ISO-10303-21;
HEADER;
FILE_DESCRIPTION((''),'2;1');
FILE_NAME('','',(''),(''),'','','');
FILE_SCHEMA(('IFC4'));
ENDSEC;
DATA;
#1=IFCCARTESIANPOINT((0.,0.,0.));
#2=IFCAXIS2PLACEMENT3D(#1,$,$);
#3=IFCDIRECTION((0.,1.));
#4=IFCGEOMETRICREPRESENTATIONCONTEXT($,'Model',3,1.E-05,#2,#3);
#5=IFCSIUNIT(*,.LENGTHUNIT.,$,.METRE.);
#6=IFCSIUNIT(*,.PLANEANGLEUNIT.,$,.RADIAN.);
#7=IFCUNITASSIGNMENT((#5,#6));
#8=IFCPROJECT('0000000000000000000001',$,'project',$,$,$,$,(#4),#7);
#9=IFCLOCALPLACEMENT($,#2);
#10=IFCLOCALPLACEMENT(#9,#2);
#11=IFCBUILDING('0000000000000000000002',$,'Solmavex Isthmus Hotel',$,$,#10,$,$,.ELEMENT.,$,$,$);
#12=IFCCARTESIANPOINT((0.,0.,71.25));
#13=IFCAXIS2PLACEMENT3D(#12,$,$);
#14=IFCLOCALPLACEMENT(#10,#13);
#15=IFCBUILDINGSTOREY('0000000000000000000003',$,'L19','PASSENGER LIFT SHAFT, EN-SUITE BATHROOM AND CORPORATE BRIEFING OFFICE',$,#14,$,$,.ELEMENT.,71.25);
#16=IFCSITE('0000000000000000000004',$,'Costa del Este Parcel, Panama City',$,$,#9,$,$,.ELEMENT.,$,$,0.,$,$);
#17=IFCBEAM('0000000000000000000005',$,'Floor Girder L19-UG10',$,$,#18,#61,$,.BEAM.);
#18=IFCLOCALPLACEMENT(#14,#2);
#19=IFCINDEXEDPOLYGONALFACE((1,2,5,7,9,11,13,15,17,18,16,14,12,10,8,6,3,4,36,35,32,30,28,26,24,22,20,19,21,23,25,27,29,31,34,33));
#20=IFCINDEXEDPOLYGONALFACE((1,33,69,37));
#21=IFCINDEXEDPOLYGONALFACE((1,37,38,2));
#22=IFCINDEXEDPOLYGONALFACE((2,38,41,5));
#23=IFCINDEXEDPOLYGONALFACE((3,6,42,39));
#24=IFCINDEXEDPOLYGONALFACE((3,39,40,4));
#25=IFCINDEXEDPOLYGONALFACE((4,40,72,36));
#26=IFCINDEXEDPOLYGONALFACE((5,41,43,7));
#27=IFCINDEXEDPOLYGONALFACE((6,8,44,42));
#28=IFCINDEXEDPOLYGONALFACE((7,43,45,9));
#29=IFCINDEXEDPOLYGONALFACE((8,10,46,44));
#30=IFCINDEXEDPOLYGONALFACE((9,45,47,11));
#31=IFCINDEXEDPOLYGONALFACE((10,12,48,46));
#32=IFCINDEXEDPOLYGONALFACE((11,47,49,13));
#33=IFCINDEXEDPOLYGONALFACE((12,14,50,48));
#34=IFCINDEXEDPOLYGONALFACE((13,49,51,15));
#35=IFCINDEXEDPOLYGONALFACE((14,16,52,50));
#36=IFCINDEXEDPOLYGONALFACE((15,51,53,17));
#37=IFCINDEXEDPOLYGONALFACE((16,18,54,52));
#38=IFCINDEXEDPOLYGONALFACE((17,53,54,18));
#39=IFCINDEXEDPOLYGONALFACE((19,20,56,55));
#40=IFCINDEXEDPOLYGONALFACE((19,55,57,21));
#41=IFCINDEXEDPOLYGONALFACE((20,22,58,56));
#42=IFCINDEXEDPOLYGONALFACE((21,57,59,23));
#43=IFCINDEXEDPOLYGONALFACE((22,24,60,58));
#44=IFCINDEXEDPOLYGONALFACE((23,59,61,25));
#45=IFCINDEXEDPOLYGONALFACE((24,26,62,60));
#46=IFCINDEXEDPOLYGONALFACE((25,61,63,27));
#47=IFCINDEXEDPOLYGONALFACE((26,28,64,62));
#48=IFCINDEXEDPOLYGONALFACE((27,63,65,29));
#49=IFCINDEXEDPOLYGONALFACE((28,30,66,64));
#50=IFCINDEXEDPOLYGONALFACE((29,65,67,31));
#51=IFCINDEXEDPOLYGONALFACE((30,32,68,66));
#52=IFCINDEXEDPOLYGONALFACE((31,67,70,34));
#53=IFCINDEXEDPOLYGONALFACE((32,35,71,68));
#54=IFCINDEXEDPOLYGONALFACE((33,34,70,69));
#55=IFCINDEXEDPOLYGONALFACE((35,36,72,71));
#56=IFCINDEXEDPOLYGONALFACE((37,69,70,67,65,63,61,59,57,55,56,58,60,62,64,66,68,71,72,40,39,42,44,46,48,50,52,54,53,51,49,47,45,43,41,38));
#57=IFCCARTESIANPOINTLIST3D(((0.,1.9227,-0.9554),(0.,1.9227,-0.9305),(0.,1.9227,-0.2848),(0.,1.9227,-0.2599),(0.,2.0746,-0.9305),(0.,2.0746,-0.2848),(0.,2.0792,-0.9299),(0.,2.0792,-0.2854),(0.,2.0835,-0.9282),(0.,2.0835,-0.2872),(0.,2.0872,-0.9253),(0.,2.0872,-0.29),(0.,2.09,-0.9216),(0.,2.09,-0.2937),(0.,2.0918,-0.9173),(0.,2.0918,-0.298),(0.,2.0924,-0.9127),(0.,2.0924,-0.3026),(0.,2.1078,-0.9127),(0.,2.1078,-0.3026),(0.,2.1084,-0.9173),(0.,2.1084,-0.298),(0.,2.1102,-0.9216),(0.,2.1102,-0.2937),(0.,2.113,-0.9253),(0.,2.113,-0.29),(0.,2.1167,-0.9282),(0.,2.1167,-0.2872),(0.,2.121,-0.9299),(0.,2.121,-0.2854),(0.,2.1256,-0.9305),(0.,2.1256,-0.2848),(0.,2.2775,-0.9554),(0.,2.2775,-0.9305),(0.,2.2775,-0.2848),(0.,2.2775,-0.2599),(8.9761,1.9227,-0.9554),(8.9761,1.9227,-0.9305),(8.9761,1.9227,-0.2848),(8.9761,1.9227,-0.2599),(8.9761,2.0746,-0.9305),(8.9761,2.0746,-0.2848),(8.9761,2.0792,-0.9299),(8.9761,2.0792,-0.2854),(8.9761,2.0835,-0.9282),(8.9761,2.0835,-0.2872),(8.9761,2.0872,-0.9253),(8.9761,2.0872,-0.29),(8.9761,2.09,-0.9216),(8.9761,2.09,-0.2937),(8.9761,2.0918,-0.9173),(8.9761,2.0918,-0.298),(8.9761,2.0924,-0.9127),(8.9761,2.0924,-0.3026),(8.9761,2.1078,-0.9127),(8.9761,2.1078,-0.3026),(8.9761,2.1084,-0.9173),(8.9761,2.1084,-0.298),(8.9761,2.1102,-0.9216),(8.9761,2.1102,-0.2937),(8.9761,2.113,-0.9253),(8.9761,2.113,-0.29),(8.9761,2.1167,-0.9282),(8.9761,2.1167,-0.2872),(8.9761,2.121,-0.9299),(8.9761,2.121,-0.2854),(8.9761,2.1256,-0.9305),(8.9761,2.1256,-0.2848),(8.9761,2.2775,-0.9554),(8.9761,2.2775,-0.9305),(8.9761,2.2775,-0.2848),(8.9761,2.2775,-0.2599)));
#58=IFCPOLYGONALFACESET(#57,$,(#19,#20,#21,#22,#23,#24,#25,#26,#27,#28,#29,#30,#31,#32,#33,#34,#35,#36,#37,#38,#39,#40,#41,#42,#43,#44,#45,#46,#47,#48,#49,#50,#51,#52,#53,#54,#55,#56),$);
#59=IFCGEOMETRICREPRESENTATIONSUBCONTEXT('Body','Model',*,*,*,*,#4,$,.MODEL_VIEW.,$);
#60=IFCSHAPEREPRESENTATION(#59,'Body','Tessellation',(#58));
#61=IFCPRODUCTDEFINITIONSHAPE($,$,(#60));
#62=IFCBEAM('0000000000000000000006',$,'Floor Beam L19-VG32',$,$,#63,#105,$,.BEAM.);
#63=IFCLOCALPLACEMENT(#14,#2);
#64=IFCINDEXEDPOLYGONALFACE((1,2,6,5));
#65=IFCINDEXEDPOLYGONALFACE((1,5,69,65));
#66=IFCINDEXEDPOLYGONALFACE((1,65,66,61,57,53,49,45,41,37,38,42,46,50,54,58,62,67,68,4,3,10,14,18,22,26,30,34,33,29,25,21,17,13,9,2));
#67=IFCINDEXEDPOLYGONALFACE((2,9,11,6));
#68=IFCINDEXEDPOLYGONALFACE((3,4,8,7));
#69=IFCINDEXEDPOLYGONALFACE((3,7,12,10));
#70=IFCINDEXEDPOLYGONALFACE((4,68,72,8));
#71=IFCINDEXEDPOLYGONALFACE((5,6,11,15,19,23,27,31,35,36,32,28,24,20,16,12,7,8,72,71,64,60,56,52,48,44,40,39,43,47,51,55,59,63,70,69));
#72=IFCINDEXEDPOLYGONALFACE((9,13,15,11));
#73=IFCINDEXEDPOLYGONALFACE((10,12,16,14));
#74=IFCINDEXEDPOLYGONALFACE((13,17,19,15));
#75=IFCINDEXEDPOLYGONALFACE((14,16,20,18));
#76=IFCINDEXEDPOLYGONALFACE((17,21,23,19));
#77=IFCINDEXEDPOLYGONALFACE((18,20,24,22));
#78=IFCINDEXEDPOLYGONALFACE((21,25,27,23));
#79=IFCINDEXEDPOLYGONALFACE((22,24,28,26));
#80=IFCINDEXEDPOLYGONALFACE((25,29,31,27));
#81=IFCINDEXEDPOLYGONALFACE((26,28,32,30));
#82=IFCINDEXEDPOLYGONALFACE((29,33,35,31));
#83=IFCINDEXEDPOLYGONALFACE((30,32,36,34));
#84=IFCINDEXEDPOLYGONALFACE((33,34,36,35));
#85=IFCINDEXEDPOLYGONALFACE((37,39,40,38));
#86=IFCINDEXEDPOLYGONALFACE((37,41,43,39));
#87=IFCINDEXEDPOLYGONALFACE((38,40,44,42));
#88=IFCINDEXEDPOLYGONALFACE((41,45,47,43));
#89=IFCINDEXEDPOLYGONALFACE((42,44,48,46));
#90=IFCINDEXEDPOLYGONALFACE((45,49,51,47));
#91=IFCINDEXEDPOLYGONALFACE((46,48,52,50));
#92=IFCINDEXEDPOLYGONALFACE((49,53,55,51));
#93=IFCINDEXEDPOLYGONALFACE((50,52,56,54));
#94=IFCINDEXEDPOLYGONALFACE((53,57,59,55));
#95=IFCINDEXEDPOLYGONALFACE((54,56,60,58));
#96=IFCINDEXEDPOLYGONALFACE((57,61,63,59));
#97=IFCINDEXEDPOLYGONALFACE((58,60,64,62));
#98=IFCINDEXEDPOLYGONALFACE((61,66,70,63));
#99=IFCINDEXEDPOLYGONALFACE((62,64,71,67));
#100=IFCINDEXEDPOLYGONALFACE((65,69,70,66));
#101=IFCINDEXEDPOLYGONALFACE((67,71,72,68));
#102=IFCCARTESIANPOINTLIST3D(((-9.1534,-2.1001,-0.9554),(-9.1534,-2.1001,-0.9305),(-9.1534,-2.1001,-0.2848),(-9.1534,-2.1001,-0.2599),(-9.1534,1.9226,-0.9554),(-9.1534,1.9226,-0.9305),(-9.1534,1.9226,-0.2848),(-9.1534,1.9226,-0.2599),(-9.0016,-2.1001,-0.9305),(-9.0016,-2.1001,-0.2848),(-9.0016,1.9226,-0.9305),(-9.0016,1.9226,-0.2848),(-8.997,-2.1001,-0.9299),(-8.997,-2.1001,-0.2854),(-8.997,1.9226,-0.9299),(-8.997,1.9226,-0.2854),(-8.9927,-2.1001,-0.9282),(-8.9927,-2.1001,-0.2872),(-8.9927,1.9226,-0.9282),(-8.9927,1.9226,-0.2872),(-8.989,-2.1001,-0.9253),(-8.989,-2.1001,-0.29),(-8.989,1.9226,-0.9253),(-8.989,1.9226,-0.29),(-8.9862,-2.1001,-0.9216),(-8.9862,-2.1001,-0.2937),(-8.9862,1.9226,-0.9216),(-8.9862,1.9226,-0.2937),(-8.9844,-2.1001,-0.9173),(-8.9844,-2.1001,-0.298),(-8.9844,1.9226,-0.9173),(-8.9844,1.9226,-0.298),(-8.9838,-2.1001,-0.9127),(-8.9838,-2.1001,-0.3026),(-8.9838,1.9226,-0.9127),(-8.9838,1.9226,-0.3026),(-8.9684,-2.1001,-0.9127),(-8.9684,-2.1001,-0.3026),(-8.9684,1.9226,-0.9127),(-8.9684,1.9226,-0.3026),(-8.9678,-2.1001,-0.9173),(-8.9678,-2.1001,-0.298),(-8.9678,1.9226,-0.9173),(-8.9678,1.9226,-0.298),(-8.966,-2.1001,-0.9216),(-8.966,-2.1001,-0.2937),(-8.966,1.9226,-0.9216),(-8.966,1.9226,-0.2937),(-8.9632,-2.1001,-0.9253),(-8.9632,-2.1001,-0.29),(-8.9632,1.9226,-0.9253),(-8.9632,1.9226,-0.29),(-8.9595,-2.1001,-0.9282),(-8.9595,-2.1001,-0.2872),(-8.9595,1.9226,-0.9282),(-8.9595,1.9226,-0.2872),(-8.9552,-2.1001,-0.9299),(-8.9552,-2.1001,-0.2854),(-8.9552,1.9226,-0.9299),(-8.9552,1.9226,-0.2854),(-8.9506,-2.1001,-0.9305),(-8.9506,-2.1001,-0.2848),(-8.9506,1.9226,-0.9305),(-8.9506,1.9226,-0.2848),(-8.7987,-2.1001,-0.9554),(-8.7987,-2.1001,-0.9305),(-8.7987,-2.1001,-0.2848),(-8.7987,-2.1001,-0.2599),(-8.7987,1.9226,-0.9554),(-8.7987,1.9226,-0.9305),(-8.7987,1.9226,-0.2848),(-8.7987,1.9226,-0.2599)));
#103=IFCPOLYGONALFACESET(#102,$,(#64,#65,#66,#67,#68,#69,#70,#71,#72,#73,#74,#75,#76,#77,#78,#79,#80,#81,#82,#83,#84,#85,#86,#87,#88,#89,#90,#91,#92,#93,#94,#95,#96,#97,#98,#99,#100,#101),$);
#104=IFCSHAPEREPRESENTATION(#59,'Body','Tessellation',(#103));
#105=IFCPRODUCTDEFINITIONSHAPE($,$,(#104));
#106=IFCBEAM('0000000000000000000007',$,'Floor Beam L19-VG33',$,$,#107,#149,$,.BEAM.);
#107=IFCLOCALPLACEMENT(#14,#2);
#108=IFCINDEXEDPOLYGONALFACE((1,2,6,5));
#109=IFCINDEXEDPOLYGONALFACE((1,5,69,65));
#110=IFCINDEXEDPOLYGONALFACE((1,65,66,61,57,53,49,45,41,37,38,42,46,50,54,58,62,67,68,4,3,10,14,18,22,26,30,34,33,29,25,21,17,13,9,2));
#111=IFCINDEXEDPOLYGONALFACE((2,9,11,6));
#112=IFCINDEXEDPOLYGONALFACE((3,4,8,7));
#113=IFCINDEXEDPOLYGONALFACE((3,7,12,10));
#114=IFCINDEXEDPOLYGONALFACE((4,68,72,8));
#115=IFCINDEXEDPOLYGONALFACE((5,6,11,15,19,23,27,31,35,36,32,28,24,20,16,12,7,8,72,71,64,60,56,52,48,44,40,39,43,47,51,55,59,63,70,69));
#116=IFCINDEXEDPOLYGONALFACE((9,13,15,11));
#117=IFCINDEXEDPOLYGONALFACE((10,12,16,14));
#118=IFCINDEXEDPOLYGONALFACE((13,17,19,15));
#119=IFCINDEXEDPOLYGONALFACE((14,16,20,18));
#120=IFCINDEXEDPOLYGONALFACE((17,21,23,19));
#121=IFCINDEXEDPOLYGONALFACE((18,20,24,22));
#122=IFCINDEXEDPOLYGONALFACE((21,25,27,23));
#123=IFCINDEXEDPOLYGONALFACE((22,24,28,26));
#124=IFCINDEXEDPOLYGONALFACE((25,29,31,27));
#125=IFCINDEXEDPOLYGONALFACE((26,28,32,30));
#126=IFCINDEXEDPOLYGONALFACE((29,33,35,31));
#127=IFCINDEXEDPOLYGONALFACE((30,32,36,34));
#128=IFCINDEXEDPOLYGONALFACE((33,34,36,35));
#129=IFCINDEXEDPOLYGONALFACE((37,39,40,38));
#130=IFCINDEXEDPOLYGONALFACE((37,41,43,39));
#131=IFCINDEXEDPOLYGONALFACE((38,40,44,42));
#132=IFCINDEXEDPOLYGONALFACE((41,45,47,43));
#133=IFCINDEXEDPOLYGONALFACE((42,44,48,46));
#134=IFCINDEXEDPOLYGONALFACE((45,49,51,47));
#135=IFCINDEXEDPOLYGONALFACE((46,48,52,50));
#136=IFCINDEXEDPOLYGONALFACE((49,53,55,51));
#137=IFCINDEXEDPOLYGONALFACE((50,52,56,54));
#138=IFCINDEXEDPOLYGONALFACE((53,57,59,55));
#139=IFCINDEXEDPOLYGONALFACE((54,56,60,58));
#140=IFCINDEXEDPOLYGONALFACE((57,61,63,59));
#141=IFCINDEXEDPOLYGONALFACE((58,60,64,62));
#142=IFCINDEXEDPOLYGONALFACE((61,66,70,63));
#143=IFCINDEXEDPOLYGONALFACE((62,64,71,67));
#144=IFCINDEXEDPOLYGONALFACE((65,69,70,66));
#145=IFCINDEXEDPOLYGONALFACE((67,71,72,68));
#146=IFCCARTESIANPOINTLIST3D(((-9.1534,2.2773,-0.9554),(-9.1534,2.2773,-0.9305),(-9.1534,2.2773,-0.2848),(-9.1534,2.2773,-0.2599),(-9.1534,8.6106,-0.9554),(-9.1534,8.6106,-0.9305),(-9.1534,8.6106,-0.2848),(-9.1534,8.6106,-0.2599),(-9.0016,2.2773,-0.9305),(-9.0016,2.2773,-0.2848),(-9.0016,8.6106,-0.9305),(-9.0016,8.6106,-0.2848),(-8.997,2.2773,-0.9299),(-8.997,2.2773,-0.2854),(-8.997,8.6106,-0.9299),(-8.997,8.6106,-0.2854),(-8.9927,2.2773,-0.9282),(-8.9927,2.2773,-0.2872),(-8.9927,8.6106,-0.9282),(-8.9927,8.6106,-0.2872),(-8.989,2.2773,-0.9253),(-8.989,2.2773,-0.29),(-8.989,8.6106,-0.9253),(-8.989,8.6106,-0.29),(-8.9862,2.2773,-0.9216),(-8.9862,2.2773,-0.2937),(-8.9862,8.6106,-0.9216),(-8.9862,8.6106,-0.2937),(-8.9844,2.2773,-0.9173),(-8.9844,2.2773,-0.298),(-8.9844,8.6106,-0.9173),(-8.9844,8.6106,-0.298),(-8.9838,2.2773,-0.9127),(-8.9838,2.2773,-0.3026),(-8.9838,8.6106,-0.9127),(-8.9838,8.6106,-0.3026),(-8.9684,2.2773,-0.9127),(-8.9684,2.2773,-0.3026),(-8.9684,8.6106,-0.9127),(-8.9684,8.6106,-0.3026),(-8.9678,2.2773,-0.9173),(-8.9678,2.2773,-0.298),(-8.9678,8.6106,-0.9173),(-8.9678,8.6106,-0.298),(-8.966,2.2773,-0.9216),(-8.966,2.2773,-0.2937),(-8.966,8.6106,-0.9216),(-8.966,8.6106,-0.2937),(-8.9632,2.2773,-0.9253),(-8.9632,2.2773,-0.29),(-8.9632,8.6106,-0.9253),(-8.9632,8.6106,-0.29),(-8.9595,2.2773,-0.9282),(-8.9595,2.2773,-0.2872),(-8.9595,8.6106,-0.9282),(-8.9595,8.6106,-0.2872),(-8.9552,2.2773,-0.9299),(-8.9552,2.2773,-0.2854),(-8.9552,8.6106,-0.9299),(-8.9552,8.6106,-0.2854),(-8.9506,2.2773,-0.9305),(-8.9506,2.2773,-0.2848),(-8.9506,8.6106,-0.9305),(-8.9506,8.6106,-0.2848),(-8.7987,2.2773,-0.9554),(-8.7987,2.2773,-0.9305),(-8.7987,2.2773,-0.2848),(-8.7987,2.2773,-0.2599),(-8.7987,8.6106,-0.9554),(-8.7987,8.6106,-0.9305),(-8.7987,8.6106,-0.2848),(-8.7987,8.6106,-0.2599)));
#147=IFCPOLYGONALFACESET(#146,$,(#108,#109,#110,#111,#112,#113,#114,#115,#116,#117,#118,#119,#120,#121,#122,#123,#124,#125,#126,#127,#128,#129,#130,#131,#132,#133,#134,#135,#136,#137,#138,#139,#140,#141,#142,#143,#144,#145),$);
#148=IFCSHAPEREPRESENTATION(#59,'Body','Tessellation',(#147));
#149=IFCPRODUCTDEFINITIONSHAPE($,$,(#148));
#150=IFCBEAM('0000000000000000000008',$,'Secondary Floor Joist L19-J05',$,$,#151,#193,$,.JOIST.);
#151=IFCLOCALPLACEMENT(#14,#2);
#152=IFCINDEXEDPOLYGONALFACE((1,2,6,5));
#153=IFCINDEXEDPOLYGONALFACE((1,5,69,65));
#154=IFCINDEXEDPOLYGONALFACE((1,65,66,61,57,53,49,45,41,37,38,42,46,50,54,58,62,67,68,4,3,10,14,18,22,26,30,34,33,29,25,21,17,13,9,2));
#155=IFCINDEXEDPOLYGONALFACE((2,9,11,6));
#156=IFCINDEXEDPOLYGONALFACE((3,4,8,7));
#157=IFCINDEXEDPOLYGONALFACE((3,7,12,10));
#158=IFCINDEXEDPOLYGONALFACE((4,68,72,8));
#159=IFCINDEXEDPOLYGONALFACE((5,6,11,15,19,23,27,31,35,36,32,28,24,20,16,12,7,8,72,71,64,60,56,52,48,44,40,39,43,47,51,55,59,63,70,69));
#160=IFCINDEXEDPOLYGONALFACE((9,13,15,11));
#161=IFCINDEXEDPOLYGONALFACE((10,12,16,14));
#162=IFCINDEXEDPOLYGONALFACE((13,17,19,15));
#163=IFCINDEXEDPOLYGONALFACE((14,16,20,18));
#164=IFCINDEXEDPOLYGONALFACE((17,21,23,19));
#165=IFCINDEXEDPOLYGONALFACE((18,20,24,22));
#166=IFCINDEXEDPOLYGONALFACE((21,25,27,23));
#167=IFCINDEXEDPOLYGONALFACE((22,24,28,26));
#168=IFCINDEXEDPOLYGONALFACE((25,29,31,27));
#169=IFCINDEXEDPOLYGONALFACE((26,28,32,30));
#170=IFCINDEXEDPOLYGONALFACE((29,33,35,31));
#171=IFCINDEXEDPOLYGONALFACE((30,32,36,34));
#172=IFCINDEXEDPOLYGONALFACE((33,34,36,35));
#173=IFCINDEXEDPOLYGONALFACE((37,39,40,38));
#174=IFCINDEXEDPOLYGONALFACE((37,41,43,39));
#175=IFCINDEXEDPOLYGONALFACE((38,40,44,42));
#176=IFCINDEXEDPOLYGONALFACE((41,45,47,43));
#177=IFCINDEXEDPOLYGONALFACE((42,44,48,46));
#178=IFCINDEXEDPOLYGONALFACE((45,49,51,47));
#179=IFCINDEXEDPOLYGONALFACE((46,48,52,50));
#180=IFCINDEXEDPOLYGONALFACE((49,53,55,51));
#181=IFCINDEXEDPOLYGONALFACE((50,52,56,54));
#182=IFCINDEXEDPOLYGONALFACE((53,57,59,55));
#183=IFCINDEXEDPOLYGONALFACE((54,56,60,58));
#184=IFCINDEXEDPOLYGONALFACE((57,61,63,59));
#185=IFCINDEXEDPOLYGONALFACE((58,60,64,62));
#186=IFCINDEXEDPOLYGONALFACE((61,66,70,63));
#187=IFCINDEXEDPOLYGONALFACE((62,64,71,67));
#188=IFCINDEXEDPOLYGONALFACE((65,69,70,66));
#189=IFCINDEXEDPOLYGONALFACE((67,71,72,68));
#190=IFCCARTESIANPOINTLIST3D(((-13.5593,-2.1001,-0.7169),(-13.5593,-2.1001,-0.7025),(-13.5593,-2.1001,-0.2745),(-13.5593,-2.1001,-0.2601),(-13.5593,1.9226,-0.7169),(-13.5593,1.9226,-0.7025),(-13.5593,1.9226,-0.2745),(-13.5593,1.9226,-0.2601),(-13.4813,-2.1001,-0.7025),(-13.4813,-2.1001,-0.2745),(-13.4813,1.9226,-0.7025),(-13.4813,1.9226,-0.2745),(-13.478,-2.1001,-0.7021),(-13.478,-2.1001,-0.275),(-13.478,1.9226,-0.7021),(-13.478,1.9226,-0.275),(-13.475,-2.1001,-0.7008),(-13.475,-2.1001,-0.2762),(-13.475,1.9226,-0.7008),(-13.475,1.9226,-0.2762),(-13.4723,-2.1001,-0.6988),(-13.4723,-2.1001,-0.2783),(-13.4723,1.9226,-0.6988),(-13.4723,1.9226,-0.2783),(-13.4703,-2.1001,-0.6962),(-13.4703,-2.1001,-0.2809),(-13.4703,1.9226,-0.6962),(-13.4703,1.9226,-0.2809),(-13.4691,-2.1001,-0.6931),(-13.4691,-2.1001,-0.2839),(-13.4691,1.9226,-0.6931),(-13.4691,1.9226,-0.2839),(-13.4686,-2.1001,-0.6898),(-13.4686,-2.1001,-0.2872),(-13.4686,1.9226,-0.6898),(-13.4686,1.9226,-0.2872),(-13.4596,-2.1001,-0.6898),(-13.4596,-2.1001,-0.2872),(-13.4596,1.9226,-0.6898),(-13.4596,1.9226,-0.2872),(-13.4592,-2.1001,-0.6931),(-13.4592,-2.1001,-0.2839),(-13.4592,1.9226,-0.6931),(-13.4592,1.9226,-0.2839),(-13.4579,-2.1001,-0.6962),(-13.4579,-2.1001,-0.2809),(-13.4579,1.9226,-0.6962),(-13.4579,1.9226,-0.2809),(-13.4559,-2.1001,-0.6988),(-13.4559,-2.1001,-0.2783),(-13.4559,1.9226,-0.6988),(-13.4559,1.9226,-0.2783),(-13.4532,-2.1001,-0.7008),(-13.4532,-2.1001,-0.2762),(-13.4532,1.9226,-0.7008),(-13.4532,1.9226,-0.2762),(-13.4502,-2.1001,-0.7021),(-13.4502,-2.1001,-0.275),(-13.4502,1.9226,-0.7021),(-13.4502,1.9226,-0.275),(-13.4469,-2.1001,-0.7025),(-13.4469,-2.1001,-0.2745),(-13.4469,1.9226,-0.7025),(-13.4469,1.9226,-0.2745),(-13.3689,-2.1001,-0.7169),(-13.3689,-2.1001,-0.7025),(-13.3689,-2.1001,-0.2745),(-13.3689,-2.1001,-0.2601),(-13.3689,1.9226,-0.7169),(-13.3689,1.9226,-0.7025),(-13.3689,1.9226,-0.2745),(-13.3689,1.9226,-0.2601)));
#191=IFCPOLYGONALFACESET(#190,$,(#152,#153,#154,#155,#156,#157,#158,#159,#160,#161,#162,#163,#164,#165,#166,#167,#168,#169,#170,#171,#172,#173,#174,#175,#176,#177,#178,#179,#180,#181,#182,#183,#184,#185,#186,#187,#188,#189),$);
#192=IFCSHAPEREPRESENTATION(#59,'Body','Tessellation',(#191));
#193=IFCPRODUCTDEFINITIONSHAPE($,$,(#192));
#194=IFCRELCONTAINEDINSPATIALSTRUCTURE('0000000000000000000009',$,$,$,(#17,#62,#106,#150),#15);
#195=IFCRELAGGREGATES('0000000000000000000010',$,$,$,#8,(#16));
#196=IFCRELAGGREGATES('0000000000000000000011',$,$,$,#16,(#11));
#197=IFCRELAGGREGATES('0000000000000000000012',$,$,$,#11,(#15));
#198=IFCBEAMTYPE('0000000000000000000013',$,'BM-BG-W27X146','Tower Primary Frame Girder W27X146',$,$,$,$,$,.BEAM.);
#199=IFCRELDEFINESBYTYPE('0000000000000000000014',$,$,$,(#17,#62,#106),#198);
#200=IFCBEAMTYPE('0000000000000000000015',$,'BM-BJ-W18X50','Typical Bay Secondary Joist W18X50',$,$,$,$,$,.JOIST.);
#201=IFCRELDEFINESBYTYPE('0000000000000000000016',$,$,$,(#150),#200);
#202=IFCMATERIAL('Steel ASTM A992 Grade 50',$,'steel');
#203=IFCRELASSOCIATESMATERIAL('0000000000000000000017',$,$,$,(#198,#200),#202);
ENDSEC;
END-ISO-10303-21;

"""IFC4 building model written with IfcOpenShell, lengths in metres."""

from ifc_helpers import new_model, si_unit, direction, frame, origin, origin_2d, place, context, subcontext, project, spatial, i_section, extrude, material, material_profile, profile_set, type_object, element, save


model = new_model("IFC4")

# Units and contexts
model_context = context("Model", 3, precision=1e-05, world=origin(), true_north=direction((0.0, 1.0)))
body_context = subcontext(model_context, "Body", "Model", "MODEL_VIEW")
ifc_project = project(units=[si_unit("LENGTHUNIT", "METRE"), si_unit("PLANEANGLEUNIT", "RADIAN")], contexts=[model_context])

# Site, building, storey
site_placement = place(None, origin())
site = spatial("IfcSite", under=ifc_project, at=site_placement, Name="Costa del Este Parcel, Panama City", CompositionType="ELEMENT", RefElevation=0.0)
building_placement = place(site_placement, origin())
building = spatial("IfcBuilding", under=site, at=building_placement, Name="Solmavex Isthmus Hotel", CompositionType="ELEMENT")
storey_placement = place(building_placement, frame((0.0, 0.0, 71.25)))
storey = spatial("IfcBuildingStorey", under=building, at=storey_placement, Name="L19", Description="PASSENGER LIFT SHAFT, EN-SUITE BATHROOM AND CORPORATE BRIEFING OFFICE", CompositionType="ELEMENT", Elevation=71.25)

# Beams
ifc_material_1 = material(Name="Steel ASTM A992 Grade 50", Category="steel")
ifc_material_profile_1 = material_profile(ifc_material_1, i_section(OverallWidth=0.3547, OverallDepth=0.6956, WebThickness=0.0154, FlangeThickness=0.0249, FilletRadius=0.0178, at=origin_2d()), Name="W27X146")
ifc_profile_set_1 = profile_set([ifc_material_profile_1], Name="Steel ASTM A992 Grade 50")
beam_type_1 = type_object("IfcBeamType", Name="BM-BG-W27X146", Description="Tower Primary Frame Girder W27X146", PredefinedType="BEAM", material=ifc_profile_set_1)
for number, where, z_axis, x_axis, name in (
    (1, (0.0, 2.1001, -0.6077), (1.0, 0.0, 0.0), (0.0, 1.0, 0.0), "Floor Girder L19-UG10"),
):
    element("IfcBeam", number, at=place(storey_placement, frame(where, z_axis=z_axis, x_axis=x_axis)), inside=storey, type_object=beam_type_1, Name=name, PredefinedType="BEAM", context=body_context, shape_type="SweptSolid", body=[
        extrude(i_section(OverallWidth=0.3547, OverallDepth=0.6956, WebThickness=0.0154, FlangeThickness=0.0249, FilletRadius=0.0178, at=origin_2d()), origin(), (0.0, 0.0, 1.0), 8.9761),
    ])
beam_1_placement = place(storey_placement, frame((-8.9761, -2.1001, -0.6077), z_axis=(0.0, 1.0, 0.0), x_axis=(-1.0, 0.0, 0.0)))
element("IfcBeam", 2, at=beam_1_placement, inside=storey, type_object=beam_type_1, Name="Floor Beam L19-VG32", PredefinedType="BEAM", context=body_context, shape_type="SweptSolid", body=[
    extrude(i_section(OverallWidth=0.3547, OverallDepth=0.6956, WebThickness=0.0154, FlangeThickness=0.0249, FilletRadius=0.0178, at=origin_2d()), origin(), (0.0, 0.0, 1.0), 4.0227),
])
beam_2_placement = place(storey_placement, frame((-8.9761, 2.2773, -0.6077), z_axis=(0.0, 1.0, 0.0), x_axis=(-1.0, 0.0, 0.0)))
element("IfcBeam", 3, at=beam_2_placement, inside=storey, type_object=beam_type_1, Name="Floor Beam L19-VG33", PredefinedType="BEAM", context=body_context, shape_type="SweptSolid", body=[
    extrude(i_section(OverallWidth=0.3547, OverallDepth=0.6956, WebThickness=0.0154, FlangeThickness=0.0249, FilletRadius=0.0178, at=origin_2d()), origin(), (0.0, 0.0, 1.0), 6.3333),
])
ifc_material_profile_2 = material_profile(ifc_material_1, i_section(OverallWidth=0.1904, OverallDepth=0.4568, WebThickness=0.009, FlangeThickness=0.0144, FilletRadius=0.0127, at=origin_2d()), Name="W18X50")
ifc_profile_set_2 = profile_set([ifc_material_profile_2], Name="Steel ASTM A992 Grade 50")
beam_type_2 = type_object("IfcBeamType", Name="BM-BJ-W18X50", Description="Typical Bay Secondary Joist W18X50", PredefinedType="JOIST", material=ifc_profile_set_2)
beam_3_placement = place(storey_placement, frame((-13.4641, -2.1001, -0.4885), z_axis=(0.0, 1.0, 0.0), x_axis=(-1.0, 0.0, 0.0)))
element("IfcBeam", 4, at=beam_3_placement, inside=storey, type_object=beam_type_2, Name="Secondary Floor Joist L19-J05", PredefinedType="JOIST", context=body_context, shape_type="SweptSolid", body=[
    extrude(i_section(OverallWidth=0.1904, OverallDepth=0.4568, WebThickness=0.009, FlangeThickness=0.0144, FilletRadius=0.0127, at=origin_2d()), origin(), (0.0, 0.0, 1.0), 4.0227),
])

save(model, "model.ifc")
